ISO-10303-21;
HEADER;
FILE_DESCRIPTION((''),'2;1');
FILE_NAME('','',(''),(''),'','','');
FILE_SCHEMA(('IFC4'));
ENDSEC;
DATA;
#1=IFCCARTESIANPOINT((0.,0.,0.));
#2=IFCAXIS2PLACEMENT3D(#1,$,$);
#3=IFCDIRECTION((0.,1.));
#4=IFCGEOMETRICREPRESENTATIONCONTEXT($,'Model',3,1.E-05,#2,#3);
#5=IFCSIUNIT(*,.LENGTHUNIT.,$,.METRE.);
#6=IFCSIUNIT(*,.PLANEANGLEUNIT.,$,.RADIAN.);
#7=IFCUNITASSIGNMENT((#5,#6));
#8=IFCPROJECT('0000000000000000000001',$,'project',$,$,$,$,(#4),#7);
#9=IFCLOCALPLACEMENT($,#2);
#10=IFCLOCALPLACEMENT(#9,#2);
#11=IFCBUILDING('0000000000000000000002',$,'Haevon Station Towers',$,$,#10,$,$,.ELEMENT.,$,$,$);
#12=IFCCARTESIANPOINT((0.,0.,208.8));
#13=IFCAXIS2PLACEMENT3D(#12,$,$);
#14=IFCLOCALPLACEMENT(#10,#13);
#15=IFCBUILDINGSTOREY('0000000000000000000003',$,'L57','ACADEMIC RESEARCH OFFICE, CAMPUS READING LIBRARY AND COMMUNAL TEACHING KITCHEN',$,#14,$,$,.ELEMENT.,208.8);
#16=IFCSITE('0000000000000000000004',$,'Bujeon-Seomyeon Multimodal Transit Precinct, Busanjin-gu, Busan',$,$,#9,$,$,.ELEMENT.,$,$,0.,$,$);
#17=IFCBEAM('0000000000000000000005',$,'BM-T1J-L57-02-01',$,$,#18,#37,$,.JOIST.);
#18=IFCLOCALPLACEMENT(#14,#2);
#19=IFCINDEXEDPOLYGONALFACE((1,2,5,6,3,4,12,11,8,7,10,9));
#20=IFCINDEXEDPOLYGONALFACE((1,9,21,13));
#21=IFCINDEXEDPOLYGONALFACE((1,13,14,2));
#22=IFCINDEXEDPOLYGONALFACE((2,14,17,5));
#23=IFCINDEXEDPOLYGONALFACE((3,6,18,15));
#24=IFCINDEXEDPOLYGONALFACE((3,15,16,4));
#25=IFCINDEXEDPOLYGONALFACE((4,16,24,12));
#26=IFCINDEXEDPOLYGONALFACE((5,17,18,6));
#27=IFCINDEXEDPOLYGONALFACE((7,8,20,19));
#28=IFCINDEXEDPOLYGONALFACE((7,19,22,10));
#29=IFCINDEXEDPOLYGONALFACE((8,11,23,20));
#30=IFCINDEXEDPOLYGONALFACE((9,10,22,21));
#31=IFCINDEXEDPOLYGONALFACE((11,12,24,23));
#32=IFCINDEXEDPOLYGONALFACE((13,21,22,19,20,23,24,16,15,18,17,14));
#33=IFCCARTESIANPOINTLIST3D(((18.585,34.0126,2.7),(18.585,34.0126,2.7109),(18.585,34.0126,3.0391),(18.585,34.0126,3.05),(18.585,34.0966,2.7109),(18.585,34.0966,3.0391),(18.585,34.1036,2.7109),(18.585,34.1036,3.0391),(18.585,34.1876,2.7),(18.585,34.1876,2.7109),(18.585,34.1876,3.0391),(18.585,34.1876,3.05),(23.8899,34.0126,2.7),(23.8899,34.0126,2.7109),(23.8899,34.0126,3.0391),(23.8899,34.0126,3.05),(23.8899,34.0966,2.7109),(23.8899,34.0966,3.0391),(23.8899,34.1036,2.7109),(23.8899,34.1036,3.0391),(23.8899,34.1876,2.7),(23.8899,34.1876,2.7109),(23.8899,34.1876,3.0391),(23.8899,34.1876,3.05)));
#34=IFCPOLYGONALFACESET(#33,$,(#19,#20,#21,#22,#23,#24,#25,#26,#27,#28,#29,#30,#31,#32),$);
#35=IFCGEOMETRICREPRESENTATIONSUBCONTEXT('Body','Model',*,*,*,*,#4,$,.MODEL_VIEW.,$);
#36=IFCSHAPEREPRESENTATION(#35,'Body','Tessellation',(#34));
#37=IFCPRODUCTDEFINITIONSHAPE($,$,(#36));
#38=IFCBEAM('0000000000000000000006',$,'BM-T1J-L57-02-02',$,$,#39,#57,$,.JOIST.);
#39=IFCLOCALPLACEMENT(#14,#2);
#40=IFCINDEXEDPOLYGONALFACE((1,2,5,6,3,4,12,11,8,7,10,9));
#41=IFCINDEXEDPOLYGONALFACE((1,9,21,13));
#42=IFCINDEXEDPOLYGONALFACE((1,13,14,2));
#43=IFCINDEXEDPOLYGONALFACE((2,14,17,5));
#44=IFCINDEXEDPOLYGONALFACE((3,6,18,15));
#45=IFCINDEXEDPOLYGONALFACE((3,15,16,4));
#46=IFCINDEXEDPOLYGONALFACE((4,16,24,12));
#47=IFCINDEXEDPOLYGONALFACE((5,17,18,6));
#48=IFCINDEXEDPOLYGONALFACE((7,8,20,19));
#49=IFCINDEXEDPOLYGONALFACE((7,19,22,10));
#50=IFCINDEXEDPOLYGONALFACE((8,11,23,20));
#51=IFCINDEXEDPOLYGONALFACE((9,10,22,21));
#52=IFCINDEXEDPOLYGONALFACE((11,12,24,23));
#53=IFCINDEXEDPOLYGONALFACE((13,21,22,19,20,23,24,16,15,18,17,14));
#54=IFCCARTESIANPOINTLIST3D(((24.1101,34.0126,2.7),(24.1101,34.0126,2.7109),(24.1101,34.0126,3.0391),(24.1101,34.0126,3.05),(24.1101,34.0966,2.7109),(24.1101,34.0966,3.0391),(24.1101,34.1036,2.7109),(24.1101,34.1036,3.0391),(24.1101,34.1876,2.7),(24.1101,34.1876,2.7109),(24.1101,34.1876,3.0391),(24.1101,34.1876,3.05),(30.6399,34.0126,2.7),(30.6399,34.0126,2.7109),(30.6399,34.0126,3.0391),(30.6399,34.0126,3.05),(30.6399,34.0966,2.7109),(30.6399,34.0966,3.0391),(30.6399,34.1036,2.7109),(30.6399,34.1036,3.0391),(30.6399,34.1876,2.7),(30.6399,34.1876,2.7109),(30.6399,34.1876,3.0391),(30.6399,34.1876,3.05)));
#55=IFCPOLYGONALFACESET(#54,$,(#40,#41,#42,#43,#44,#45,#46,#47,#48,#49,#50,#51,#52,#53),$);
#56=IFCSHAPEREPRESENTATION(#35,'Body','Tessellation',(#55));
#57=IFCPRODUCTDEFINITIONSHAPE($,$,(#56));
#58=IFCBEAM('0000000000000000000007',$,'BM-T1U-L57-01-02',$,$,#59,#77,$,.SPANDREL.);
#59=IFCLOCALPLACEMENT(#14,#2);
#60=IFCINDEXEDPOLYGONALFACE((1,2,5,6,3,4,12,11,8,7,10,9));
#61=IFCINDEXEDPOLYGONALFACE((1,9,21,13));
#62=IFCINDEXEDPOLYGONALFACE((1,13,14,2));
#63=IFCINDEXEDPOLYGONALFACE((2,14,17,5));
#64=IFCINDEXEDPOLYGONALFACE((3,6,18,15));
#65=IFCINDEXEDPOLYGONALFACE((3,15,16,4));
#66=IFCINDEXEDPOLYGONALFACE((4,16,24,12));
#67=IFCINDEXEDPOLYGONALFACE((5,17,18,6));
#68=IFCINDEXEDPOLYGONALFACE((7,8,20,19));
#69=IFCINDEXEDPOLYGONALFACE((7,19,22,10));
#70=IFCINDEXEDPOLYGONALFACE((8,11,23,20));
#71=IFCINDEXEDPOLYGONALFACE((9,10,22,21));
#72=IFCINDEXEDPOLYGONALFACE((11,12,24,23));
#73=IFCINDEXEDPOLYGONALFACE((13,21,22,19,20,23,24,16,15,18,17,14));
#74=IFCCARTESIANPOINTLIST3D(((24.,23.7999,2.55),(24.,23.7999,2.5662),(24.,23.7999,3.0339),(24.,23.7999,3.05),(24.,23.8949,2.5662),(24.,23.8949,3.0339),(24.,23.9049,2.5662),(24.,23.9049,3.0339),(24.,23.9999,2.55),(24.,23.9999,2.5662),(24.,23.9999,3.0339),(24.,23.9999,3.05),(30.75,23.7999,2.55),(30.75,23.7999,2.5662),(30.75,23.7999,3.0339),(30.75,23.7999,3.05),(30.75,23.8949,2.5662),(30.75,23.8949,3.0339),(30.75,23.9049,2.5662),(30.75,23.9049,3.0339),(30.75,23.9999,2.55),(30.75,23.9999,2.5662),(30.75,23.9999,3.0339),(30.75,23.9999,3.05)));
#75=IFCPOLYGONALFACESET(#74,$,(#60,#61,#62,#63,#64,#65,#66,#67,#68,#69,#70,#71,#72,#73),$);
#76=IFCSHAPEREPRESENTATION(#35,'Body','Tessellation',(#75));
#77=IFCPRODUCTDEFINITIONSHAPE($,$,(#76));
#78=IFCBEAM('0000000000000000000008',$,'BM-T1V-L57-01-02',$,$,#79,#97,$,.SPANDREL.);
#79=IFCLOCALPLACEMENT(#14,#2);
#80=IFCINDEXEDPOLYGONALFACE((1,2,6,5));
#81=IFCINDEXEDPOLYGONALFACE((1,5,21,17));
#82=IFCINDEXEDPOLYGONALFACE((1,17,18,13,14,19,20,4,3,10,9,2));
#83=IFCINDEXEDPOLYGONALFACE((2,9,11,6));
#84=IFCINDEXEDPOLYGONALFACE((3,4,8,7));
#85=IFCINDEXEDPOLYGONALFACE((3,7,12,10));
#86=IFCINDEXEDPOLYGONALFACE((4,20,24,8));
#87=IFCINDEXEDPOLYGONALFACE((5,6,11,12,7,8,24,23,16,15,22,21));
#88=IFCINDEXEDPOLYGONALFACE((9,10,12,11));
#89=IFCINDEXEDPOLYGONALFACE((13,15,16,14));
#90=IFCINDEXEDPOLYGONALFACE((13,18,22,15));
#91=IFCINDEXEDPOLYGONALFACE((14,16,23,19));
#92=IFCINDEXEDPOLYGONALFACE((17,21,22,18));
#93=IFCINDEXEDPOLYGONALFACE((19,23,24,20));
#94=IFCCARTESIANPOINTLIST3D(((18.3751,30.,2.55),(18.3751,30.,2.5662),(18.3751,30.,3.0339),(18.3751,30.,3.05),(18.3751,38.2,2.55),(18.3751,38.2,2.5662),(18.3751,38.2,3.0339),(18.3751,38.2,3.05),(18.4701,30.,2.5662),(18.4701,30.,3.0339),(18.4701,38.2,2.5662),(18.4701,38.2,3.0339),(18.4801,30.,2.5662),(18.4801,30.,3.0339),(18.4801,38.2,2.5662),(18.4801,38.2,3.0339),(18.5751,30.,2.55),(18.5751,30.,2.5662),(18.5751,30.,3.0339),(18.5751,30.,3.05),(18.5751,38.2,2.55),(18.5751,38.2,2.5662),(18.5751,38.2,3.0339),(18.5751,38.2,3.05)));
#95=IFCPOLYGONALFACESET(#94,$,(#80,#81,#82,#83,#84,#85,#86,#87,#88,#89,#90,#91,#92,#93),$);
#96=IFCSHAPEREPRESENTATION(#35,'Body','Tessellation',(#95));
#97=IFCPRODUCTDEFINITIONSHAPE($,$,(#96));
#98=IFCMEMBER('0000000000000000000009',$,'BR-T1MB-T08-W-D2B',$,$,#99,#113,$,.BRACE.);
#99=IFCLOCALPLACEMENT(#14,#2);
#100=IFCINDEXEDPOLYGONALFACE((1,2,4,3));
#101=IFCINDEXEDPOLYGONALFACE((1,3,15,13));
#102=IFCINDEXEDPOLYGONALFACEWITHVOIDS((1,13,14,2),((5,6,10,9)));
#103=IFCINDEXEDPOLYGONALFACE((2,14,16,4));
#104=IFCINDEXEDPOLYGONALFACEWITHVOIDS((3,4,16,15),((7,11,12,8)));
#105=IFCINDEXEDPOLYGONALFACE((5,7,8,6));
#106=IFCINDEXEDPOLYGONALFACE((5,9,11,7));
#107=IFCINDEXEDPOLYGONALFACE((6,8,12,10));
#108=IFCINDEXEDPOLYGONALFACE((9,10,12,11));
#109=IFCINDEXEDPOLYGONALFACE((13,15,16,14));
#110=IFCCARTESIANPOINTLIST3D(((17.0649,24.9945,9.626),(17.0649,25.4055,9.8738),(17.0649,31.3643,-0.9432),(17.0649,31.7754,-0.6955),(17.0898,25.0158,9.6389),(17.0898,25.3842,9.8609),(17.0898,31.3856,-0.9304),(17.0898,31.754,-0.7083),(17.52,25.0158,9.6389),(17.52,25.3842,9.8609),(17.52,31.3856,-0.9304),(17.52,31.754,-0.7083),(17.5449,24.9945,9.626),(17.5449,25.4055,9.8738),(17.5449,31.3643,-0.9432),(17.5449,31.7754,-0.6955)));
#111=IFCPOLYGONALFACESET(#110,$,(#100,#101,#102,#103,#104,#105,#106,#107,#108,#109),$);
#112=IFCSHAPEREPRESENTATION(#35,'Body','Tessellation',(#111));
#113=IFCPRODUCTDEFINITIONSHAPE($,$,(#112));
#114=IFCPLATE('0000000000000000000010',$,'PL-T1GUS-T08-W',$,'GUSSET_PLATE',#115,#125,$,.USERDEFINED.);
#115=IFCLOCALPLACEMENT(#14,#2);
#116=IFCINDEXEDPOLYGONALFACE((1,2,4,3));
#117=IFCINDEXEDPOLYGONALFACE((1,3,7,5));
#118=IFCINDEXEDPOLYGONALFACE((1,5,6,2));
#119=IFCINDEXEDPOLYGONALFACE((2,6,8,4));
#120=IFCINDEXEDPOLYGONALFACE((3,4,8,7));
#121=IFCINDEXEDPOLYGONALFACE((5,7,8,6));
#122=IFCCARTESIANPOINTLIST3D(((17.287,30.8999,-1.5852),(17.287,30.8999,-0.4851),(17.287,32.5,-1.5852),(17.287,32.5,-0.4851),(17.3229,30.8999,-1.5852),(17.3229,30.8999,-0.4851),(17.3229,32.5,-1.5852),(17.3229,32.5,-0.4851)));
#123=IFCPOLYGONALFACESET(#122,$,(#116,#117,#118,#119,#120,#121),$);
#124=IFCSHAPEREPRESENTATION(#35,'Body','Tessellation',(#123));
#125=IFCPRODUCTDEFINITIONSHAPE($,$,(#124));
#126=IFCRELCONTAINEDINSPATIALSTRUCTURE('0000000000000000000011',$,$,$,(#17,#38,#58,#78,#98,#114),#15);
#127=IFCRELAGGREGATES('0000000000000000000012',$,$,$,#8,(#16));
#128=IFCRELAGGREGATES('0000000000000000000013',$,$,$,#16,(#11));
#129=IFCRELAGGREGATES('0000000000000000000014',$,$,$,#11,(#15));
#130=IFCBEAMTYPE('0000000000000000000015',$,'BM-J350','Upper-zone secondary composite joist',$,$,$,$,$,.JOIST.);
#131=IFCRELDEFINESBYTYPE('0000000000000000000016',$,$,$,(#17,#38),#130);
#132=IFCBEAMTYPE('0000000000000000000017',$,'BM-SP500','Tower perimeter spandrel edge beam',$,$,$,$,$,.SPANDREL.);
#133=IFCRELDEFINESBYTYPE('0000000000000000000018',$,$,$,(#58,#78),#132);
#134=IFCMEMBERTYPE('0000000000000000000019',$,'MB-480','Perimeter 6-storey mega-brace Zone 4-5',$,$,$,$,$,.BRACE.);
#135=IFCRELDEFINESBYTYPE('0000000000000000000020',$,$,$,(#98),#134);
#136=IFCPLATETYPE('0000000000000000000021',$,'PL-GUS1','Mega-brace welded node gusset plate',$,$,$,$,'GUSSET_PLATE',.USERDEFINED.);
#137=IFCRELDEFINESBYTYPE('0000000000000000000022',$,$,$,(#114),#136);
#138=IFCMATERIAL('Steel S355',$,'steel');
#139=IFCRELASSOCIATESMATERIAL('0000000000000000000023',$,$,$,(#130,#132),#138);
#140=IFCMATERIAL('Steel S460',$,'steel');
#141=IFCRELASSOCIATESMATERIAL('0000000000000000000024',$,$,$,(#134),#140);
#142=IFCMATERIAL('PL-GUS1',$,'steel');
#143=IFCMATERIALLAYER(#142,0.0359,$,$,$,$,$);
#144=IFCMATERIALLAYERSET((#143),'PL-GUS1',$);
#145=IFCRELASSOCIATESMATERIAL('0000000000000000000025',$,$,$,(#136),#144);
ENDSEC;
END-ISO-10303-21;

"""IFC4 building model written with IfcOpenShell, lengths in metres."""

from ifc_helpers import new_model, si_unit, direction, frame, origin, origin_2d, place, context, subcontext, project, spatial, rectangle, hollow_rectangle, i_section, extrude, material, layer, layer_set, material_profile, profile_set, type_object, element, save


model = new_model("IFC4")

# Units and contexts
model_context = context("Model", 3, precision=1e-05, world=origin(), true_north=direction((0.0, 1.0)))
body_context = subcontext(model_context, "Body", "Model", "MODEL_VIEW")
ifc_project = project(units=[si_unit("LENGTHUNIT", "METRE"), si_unit("PLANEANGLEUNIT", "RADIAN")], contexts=[model_context])

# Site, building, storey
site_placement = place(None, origin())
site = spatial("IfcSite", under=ifc_project, at=site_placement, Name="Bujeon-Seomyeon Multimodal Transit Precinct, Busanjin-gu, Busan", CompositionType="ELEMENT", RefElevation=0.0)
building_placement = place(site_placement, origin())
building = spatial("IfcBuilding", under=site, at=building_placement, Name="Haevon Station Towers", CompositionType="ELEMENT")
storey_placement = place(building_placement, frame((0.0, 0.0, 208.8)))
storey = spatial("IfcBuildingStorey", under=building, at=storey_placement, Name="L57", Description="ACADEMIC RESEARCH OFFICE, CAMPUS READING LIBRARY AND COMMUNAL TEACHING KITCHEN", CompositionType="ELEMENT", Elevation=208.8)

# Shared definitions
ifc_material_1 = material(Name="Steel S355", Category="steel")

# Beams
ifc_material_profile_1 = material_profile(ifc_material_1, i_section(OverallWidth=0.175, OverallDepth=0.3501, WebThickness=0.0071, FlangeThickness=0.011, at=origin_2d()), Name="H-350x175x7x11")
ifc_profile_set_1 = profile_set([ifc_material_profile_1], Name="Steel S355")
beam_type_1 = type_object("IfcBeamType", Name="BM-J350", Description="Upper-zone secondary composite joist", PredefinedType="JOIST", material=ifc_profile_set_1)
beam_1_placement = place(storey_placement, frame((18.585, 34.1001, 2.875), z_axis=(1.0, 0.0, 0.0), x_axis=(0.0, 1.0, 0.0)))
element("IfcBeam", 1, at=beam_1_placement, inside=storey, type_object=beam_type_1, Name="BM-T1J-L57-02-01", PredefinedType="JOIST", context=body_context, shape_type="SweptSolid", body=[
    extrude(i_section(OverallWidth=0.175, OverallDepth=0.3501, WebThickness=0.0071, FlangeThickness=0.011, at=origin_2d()), origin(), (0.0, 0.0, 1.0), 5.3049),
])
beam_2_placement = place(storey_placement, frame((24.1101, 34.1001, 2.875), z_axis=(1.0, 0.0, 0.0), x_axis=(0.0, 1.0, 0.0)))
element("IfcBeam", 2, at=beam_2_placement, inside=storey, type_object=beam_type_1, Name="BM-T1J-L57-02-02", PredefinedType="JOIST", context=body_context, shape_type="SweptSolid", body=[
    extrude(i_section(OverallWidth=0.175, OverallDepth=0.3501, WebThickness=0.0071, FlangeThickness=0.011, at=origin_2d()), origin(), (0.0, 0.0, 1.0), 6.5298),
])
ifc_material_profile_2 = material_profile(ifc_material_1, i_section(OverallWidth=0.2, OverallDepth=0.5, WebThickness=0.01, FlangeThickness=0.0161, at=origin_2d()), Name="H-500x200x10x16")
ifc_profile_set_2 = profile_set([ifc_material_profile_2], Name="Steel S355")
beam_type_2 = type_object("IfcBeamType", Name="BM-SP500", Description="Tower perimeter spandrel edge beam", PredefinedType="SPANDREL", material=ifc_profile_set_2)
beam_3_placement = place(storey_placement, frame((24.0, 23.8999, 2.8), z_axis=(1.0, 0.0, 0.0), x_axis=(0.0, 1.0, 0.0)))
element("IfcBeam", 3, at=beam_3_placement, inside=storey, type_object=beam_type_2, Name="BM-T1U-L57-01-02", PredefinedType="SPANDREL", context=body_context, shape_type="SweptSolid", body=[
    extrude(i_section(OverallWidth=0.2, OverallDepth=0.5, WebThickness=0.01, FlangeThickness=0.0161, at=origin_2d()), origin(), (0.0, 0.0, 1.0), 6.75),
])
beam_4_placement = place(storey_placement, frame((18.4751, 30.0, 2.8), z_axis=(0.0, 1.0, 0.0), x_axis=(-1.0, 0.0, 0.0)))
element("IfcBeam", 4, at=beam_4_placement, inside=storey, type_object=beam_type_2, Name="BM-T1V-L57-01-02", PredefinedType="SPANDREL", context=body_context, shape_type="SweptSolid", body=[
    extrude(i_section(OverallWidth=0.2, OverallDepth=0.5, WebThickness=0.01, FlangeThickness=0.0161, at=origin_2d()), origin(), (0.0, 0.0, 1.0), 8.2),
])

# Member
ifc_material_2 = material(Name="Steel S460", Category="steel")
ifc_material_profile_3 = material_profile(ifc_material_2, hollow_rectangle(XDim=0.48, YDim=0.48, WallThickness=0.0249, at=origin_2d()), Name="RHS-480x480x25")
ifc_profile_set_3 = profile_set([ifc_material_profile_3], Name="Steel S460")
member_type = type_object("IfcMemberType", Name="MB-480", Description="Perimeter 6-storey mega-brace Zone 4-5", PredefinedType="BRACE", material=ifc_profile_set_3)
member_placement = place(storey_placement, frame((17.3049, 31.5698, -0.8193), z_axis=(0.0, -0.516179, 0.856481), x_axis=(1.0, 0.0, 0.0)))
element("IfcMember", 5, at=member_placement, inside=storey, type_object=member_type, Name="BR-T1MB-T08-W-D2B", PredefinedType="BRACE", context=body_context, shape_type="SweptSolid", body=[
    extrude(hollow_rectangle(XDim=0.48, YDim=0.48, WallThickness=0.0249, at=origin_2d()), origin(), (0.0, 0.0, 1.0), 12.3403),
])

# Plate
ifc_material_3 = material(Name="PL-GUS1", Category="steel")
ifc_layer_1 = layer(ifc_material_3, 0.0359)
ifc_layer_set_1 = layer_set([ifc_layer_1], Name="PL-GUS1")
plate_type = type_object("IfcPlateType", Name="PL-GUS1", Description="Mega-brace welded node gusset plate", ElementType="GUSSET_PLATE", PredefinedType="USERDEFINED", material=ifc_layer_set_1)
plate_placement = place(storey_placement, frame((17.3049, 31.7, -1.5852), z_axis=(0.0, 0.0, 1.0), x_axis=(0.0, 1.0, 0.0)))
element("IfcPlate", 6, at=plate_placement, inside=storey, type_object=plate_type, Name="PL-T1GUS-T08-W", ObjectType="GUSSET_PLATE", PredefinedType="USERDEFINED", context=body_context, shape_type="SweptSolid", body=[
    extrude(rectangle(XDim=1.6001, YDim=0.0359, at=origin_2d()), origin(), (0.0, 0.0, 1.0), 1.1001),
])

save(model, "model.ifc")
